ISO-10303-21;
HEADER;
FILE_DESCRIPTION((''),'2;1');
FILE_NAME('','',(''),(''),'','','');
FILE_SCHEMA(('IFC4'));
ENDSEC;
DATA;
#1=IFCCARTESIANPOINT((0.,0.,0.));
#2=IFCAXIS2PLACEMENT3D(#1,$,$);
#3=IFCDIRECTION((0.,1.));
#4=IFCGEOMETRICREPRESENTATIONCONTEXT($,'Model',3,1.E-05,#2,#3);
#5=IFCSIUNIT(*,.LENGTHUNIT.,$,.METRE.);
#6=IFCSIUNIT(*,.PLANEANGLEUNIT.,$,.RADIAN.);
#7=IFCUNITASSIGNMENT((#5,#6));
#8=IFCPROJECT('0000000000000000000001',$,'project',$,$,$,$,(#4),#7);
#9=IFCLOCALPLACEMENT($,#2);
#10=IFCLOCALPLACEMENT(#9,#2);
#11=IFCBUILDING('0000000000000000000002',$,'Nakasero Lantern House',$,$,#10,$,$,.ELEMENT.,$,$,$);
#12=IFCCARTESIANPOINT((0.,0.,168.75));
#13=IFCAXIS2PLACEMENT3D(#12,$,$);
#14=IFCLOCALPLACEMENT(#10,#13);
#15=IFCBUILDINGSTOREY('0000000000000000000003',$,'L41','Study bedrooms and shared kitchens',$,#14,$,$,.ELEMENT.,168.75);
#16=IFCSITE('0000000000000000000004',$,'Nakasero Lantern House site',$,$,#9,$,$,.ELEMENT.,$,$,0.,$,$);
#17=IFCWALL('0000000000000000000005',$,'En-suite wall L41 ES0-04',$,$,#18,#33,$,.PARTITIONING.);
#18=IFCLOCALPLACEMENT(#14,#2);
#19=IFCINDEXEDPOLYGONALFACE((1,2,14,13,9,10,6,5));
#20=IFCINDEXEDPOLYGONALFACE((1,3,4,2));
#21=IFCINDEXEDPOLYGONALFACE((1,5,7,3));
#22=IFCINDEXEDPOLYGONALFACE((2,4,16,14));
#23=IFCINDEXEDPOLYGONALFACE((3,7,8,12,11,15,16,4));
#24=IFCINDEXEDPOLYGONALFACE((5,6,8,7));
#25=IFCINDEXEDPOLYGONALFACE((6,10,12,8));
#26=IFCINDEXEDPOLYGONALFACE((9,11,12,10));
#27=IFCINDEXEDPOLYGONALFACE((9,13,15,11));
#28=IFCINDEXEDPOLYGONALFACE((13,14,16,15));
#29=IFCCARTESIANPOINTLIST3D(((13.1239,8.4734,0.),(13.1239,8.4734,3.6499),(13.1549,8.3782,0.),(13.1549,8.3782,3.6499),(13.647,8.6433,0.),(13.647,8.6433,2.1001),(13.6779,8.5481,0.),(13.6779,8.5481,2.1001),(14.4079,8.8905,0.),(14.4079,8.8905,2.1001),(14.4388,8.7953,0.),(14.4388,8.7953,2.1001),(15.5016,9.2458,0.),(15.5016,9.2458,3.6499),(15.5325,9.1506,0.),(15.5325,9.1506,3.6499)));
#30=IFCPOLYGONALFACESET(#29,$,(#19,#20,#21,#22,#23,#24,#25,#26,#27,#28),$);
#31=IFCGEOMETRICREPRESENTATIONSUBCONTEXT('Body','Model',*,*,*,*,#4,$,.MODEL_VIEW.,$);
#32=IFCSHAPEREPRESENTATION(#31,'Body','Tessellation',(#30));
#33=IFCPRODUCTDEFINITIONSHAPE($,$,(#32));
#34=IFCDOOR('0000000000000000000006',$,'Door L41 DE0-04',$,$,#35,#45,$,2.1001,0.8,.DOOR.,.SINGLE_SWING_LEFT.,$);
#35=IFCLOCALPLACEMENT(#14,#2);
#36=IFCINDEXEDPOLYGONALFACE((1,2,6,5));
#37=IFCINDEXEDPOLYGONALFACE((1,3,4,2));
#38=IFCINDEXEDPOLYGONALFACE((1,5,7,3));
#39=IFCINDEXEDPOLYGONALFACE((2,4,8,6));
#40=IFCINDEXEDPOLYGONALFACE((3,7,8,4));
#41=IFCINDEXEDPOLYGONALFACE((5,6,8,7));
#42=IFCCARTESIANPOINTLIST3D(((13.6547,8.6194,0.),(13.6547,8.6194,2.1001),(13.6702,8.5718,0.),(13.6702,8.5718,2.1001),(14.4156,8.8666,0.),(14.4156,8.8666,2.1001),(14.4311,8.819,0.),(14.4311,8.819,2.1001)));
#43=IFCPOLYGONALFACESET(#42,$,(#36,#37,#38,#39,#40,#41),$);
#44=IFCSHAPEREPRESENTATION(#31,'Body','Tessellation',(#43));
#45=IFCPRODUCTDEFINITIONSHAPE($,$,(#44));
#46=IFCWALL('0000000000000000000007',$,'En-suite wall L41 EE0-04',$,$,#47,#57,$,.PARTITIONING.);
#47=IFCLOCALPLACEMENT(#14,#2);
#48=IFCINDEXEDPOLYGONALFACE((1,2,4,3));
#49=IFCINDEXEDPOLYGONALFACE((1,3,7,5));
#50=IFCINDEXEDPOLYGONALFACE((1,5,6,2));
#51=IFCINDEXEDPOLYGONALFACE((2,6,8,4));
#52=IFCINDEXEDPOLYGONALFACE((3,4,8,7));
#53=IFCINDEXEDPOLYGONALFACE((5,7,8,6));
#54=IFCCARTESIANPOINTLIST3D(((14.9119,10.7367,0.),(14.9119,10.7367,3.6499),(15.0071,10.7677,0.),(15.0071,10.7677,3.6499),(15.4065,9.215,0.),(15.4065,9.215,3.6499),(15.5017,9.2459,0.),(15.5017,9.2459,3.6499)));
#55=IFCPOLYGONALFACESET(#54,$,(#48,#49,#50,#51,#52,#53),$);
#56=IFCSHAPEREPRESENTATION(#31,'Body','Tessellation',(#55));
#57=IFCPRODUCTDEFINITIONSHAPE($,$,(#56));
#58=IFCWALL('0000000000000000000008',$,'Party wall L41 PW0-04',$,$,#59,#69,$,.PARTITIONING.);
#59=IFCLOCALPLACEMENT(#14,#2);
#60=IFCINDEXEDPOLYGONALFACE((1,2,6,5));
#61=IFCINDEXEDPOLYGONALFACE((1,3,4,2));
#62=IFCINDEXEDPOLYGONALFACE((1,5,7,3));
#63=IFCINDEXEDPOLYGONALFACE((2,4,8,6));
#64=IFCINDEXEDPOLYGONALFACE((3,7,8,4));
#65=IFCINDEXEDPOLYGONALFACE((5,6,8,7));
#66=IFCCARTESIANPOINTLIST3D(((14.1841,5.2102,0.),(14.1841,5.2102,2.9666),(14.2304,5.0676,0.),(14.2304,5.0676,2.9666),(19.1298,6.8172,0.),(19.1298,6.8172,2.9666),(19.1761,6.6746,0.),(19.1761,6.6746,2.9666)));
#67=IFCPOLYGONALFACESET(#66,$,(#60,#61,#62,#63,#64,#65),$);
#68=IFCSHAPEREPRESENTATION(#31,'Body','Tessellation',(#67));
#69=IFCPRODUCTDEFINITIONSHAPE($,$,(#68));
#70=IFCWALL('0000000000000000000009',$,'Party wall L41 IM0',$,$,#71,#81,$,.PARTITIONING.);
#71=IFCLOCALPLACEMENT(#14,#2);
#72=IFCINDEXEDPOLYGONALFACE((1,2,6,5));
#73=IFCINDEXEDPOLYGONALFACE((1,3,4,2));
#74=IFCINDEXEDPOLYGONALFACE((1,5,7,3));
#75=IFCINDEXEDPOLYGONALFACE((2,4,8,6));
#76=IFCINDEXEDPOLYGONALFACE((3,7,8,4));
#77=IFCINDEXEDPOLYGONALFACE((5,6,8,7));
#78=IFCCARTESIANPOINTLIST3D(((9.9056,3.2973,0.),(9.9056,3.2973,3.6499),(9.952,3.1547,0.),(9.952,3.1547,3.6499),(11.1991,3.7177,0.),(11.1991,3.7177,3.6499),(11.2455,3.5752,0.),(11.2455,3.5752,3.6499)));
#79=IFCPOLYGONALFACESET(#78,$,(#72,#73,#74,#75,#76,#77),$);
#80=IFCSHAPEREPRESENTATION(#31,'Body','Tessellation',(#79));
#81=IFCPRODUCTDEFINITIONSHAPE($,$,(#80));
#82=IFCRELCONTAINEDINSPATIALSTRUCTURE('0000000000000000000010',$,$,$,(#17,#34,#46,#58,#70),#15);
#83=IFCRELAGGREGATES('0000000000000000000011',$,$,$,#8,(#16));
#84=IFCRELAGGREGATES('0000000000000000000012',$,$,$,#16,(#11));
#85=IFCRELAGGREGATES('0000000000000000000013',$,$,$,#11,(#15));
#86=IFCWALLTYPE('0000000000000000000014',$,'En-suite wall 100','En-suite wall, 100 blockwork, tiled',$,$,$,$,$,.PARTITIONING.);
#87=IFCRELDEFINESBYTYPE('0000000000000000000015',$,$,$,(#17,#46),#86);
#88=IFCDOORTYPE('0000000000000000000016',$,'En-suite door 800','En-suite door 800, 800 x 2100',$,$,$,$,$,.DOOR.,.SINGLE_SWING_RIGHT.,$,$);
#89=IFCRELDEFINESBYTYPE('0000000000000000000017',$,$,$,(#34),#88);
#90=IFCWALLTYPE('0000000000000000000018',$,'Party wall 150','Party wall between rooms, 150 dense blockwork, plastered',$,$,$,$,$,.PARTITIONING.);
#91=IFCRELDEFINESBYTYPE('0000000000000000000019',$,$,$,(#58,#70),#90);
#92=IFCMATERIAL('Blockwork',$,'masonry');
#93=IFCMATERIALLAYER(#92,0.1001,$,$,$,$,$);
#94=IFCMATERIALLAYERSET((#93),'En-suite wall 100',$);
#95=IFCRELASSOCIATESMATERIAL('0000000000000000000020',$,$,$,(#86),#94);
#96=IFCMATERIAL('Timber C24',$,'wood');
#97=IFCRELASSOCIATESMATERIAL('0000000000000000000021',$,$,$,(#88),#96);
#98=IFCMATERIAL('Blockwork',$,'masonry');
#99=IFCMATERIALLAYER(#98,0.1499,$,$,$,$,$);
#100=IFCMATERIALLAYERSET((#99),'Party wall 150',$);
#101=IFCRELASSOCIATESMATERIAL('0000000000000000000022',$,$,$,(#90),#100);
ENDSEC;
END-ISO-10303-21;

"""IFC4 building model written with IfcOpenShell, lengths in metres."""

from ifc_helpers import new_model, si_unit, direction, frame, frame_2d, origin, place, context, subcontext, project, spatial, rectangle, extrude, material, layer, layer_set, type_object, element, fill, save


model = new_model("IFC4")

# Units and contexts
model_context = context("Model", 3, precision=1e-05, world=origin(), true_north=direction((0.0, 1.0)))
body_context = subcontext(model_context, "Body", "Model", "MODEL_VIEW")
ifc_project = project(units=[si_unit("LENGTHUNIT", "METRE"), si_unit("PLANEANGLEUNIT", "RADIAN")], contexts=[model_context])

# Site, building, storey
site_placement = place(None, origin())
site = spatial("IfcSite", under=ifc_project, at=site_placement, Name="Nakasero Lantern House site", CompositionType="ELEMENT", RefElevation=0.0)
building_placement = place(site_placement, origin())
building = spatial("IfcBuilding", under=site, at=building_placement, Name="Nakasero Lantern House", CompositionType="ELEMENT")
storey_placement = place(building_placement, frame((0.0, 0.0, 168.75)))
storey = spatial("IfcBuildingStorey", under=building, at=storey_placement, Name="L41", Description="Study bedrooms and shared kitchens", CompositionType="ELEMENT", Elevation=168.75)

# Shared definitions
ifc_material_1 = material(Name="Blockwork", Category="masonry")
ifc_layer_1 = layer(ifc_material_1, 0.1001)
ifc_layer_set_1 = layer_set([ifc_layer_1], Name="En-suite wall 100")
wall_type_1 = type_object("IfcWallType", Name="En-suite wall 100", Description="En-suite wall, 100 blockwork, tiled", PredefinedType="PARTITIONING", material=ifc_layer_set_1)

# Wall, opening, door
wall_1_placement = place(storey_placement, frame((13.1394, 8.4258, 0.0), z_axis=(0.0, 0.0, 1.0), x_axis=(0.951068, 0.308982, 0.0)))
wall_1 = element("IfcWall", 1, at=wall_1_placement, inside=storey, type_object=wall_type_1, Name="En-suite wall L41 ES0-04", PredefinedType="PARTITIONING", context=body_context, shape_type="SweptSolid", body=[
    extrude(rectangle(XDim=2.5, YDim=0.1001, at=frame_2d((1.25, 0.0))), origin(), (0.0, 0.0, 1.0), 3.6499),
])
opening_placement = place(wall_1_placement, frame((0.55, 0.0, 0.0)))
opening = element("IfcOpeningElement", 2, at=opening_placement, cuts=wall_1, PredefinedType="OPENING", context=body_context, shape_type="SweptSolid", body=[
    extrude(rectangle(XDim=0.8, YDim=2.1001, at=frame_2d((0.3999, 1.05))), frame((0.0, 0.0701, 0.0), z_axis=(0.0, -1.0, 0.0), x_axis=(1.0, 0.0, 0.0)), (0.0, 0.0, 1.0), 0.1401),
])
ifc_material_2 = material(Name="Timber C24", Category="wood")
door_type = type_object("IfcDoorType", Name="En-suite door 800", Description="En-suite door 800, 800 x 2100", OperationType="SINGLE_SWING_RIGHT", PredefinedType="DOOR", material=ifc_material_2)
door_placement = place(opening_placement, origin())
door = element("IfcDoor", 3, at=door_placement, inside=storey, type_object=door_type, Name="Door L41 DE0-04", OperationType="SINGLE_SWING_LEFT", OverallHeight=2.1001, OverallWidth=0.8, PredefinedType="DOOR", context=body_context, shape_type="SweptSolid", body=[
    extrude(rectangle(XDim=0.8, YDim=2.1001, at=frame_2d((0.3999, 1.05))), frame((0.0, 0.0249, 0.0), z_axis=(0.0, -1.0, 0.0), x_axis=(1.0, 0.0, 0.0)), (0.0, 0.0, 1.0), 0.05),
])
fill(opening, door)

# Walls
wall_2_placement = place(storey_placement, frame((15.4541, 9.2305, 0.0), z_axis=(0.0, 0.0, 1.0), x_axis=(-0.309124, 0.951022, 0.0)))
element("IfcWall", 4, at=wall_2_placement, inside=storey, type_object=wall_type_1, Name="En-suite wall L41 EE0-04", PredefinedType="PARTITIONING", context=body_context, shape_type="SweptSolid", body=[
    extrude(rectangle(XDim=1.6001, YDim=0.1001, at=frame_2d((0.8, 0.0))), origin(), (0.0, 0.0, 1.0), 3.6499),
])
ifc_material_3 = material(Name="Blockwork", Category="masonry")
ifc_layer_2 = layer(ifc_material_3, 0.1499)
ifc_layer_set_2 = layer_set([ifc_layer_2], Name="Party wall 150")
wall_type_2 = type_object("IfcWallType", Name="Party wall 150", Description="Party wall between rooms, 150 dense blockwork, plastered", PredefinedType="PARTITIONING", material=ifc_layer_set_2)
wall_3_placement = place(storey_placement, frame((14.2073, 5.1389, 0.0), z_axis=(0.0, 0.0, 1.0), x_axis=(0.951055, 0.309021, 0.0)))
element("IfcWall", 5, at=wall_3_placement, inside=storey, type_object=wall_type_2, Name="Party wall L41 PW0-04", PredefinedType="PARTITIONING", context=body_context, shape_type="SweptSolid", body=[
    extrude(rectangle(XDim=5.2002, YDim=0.1499, at=frame_2d((2.6001, 0.0))), origin(), (0.0, 0.0, 1.0), 2.9666),
])
wall_4_placement = place(storey_placement, frame((11.2224, 3.6465, 0.0), z_axis=(0.0, 0.0, 1.0), x_axis=(-0.951026, -0.30911, 0.0)))
element("IfcWall", 6, at=wall_4_placement, inside=storey, type_object=wall_type_2, Name="Party wall L41 IM0", PredefinedType="PARTITIONING", context=body_context, shape_type="SweptSolid", body=[
    extrude(rectangle(XDim=1.3601, YDim=0.1499, at=frame_2d((0.6802, 0.0))), origin(), (0.0, 0.0, 1.0), 3.6499),
])

save(model, "model.ifc")
